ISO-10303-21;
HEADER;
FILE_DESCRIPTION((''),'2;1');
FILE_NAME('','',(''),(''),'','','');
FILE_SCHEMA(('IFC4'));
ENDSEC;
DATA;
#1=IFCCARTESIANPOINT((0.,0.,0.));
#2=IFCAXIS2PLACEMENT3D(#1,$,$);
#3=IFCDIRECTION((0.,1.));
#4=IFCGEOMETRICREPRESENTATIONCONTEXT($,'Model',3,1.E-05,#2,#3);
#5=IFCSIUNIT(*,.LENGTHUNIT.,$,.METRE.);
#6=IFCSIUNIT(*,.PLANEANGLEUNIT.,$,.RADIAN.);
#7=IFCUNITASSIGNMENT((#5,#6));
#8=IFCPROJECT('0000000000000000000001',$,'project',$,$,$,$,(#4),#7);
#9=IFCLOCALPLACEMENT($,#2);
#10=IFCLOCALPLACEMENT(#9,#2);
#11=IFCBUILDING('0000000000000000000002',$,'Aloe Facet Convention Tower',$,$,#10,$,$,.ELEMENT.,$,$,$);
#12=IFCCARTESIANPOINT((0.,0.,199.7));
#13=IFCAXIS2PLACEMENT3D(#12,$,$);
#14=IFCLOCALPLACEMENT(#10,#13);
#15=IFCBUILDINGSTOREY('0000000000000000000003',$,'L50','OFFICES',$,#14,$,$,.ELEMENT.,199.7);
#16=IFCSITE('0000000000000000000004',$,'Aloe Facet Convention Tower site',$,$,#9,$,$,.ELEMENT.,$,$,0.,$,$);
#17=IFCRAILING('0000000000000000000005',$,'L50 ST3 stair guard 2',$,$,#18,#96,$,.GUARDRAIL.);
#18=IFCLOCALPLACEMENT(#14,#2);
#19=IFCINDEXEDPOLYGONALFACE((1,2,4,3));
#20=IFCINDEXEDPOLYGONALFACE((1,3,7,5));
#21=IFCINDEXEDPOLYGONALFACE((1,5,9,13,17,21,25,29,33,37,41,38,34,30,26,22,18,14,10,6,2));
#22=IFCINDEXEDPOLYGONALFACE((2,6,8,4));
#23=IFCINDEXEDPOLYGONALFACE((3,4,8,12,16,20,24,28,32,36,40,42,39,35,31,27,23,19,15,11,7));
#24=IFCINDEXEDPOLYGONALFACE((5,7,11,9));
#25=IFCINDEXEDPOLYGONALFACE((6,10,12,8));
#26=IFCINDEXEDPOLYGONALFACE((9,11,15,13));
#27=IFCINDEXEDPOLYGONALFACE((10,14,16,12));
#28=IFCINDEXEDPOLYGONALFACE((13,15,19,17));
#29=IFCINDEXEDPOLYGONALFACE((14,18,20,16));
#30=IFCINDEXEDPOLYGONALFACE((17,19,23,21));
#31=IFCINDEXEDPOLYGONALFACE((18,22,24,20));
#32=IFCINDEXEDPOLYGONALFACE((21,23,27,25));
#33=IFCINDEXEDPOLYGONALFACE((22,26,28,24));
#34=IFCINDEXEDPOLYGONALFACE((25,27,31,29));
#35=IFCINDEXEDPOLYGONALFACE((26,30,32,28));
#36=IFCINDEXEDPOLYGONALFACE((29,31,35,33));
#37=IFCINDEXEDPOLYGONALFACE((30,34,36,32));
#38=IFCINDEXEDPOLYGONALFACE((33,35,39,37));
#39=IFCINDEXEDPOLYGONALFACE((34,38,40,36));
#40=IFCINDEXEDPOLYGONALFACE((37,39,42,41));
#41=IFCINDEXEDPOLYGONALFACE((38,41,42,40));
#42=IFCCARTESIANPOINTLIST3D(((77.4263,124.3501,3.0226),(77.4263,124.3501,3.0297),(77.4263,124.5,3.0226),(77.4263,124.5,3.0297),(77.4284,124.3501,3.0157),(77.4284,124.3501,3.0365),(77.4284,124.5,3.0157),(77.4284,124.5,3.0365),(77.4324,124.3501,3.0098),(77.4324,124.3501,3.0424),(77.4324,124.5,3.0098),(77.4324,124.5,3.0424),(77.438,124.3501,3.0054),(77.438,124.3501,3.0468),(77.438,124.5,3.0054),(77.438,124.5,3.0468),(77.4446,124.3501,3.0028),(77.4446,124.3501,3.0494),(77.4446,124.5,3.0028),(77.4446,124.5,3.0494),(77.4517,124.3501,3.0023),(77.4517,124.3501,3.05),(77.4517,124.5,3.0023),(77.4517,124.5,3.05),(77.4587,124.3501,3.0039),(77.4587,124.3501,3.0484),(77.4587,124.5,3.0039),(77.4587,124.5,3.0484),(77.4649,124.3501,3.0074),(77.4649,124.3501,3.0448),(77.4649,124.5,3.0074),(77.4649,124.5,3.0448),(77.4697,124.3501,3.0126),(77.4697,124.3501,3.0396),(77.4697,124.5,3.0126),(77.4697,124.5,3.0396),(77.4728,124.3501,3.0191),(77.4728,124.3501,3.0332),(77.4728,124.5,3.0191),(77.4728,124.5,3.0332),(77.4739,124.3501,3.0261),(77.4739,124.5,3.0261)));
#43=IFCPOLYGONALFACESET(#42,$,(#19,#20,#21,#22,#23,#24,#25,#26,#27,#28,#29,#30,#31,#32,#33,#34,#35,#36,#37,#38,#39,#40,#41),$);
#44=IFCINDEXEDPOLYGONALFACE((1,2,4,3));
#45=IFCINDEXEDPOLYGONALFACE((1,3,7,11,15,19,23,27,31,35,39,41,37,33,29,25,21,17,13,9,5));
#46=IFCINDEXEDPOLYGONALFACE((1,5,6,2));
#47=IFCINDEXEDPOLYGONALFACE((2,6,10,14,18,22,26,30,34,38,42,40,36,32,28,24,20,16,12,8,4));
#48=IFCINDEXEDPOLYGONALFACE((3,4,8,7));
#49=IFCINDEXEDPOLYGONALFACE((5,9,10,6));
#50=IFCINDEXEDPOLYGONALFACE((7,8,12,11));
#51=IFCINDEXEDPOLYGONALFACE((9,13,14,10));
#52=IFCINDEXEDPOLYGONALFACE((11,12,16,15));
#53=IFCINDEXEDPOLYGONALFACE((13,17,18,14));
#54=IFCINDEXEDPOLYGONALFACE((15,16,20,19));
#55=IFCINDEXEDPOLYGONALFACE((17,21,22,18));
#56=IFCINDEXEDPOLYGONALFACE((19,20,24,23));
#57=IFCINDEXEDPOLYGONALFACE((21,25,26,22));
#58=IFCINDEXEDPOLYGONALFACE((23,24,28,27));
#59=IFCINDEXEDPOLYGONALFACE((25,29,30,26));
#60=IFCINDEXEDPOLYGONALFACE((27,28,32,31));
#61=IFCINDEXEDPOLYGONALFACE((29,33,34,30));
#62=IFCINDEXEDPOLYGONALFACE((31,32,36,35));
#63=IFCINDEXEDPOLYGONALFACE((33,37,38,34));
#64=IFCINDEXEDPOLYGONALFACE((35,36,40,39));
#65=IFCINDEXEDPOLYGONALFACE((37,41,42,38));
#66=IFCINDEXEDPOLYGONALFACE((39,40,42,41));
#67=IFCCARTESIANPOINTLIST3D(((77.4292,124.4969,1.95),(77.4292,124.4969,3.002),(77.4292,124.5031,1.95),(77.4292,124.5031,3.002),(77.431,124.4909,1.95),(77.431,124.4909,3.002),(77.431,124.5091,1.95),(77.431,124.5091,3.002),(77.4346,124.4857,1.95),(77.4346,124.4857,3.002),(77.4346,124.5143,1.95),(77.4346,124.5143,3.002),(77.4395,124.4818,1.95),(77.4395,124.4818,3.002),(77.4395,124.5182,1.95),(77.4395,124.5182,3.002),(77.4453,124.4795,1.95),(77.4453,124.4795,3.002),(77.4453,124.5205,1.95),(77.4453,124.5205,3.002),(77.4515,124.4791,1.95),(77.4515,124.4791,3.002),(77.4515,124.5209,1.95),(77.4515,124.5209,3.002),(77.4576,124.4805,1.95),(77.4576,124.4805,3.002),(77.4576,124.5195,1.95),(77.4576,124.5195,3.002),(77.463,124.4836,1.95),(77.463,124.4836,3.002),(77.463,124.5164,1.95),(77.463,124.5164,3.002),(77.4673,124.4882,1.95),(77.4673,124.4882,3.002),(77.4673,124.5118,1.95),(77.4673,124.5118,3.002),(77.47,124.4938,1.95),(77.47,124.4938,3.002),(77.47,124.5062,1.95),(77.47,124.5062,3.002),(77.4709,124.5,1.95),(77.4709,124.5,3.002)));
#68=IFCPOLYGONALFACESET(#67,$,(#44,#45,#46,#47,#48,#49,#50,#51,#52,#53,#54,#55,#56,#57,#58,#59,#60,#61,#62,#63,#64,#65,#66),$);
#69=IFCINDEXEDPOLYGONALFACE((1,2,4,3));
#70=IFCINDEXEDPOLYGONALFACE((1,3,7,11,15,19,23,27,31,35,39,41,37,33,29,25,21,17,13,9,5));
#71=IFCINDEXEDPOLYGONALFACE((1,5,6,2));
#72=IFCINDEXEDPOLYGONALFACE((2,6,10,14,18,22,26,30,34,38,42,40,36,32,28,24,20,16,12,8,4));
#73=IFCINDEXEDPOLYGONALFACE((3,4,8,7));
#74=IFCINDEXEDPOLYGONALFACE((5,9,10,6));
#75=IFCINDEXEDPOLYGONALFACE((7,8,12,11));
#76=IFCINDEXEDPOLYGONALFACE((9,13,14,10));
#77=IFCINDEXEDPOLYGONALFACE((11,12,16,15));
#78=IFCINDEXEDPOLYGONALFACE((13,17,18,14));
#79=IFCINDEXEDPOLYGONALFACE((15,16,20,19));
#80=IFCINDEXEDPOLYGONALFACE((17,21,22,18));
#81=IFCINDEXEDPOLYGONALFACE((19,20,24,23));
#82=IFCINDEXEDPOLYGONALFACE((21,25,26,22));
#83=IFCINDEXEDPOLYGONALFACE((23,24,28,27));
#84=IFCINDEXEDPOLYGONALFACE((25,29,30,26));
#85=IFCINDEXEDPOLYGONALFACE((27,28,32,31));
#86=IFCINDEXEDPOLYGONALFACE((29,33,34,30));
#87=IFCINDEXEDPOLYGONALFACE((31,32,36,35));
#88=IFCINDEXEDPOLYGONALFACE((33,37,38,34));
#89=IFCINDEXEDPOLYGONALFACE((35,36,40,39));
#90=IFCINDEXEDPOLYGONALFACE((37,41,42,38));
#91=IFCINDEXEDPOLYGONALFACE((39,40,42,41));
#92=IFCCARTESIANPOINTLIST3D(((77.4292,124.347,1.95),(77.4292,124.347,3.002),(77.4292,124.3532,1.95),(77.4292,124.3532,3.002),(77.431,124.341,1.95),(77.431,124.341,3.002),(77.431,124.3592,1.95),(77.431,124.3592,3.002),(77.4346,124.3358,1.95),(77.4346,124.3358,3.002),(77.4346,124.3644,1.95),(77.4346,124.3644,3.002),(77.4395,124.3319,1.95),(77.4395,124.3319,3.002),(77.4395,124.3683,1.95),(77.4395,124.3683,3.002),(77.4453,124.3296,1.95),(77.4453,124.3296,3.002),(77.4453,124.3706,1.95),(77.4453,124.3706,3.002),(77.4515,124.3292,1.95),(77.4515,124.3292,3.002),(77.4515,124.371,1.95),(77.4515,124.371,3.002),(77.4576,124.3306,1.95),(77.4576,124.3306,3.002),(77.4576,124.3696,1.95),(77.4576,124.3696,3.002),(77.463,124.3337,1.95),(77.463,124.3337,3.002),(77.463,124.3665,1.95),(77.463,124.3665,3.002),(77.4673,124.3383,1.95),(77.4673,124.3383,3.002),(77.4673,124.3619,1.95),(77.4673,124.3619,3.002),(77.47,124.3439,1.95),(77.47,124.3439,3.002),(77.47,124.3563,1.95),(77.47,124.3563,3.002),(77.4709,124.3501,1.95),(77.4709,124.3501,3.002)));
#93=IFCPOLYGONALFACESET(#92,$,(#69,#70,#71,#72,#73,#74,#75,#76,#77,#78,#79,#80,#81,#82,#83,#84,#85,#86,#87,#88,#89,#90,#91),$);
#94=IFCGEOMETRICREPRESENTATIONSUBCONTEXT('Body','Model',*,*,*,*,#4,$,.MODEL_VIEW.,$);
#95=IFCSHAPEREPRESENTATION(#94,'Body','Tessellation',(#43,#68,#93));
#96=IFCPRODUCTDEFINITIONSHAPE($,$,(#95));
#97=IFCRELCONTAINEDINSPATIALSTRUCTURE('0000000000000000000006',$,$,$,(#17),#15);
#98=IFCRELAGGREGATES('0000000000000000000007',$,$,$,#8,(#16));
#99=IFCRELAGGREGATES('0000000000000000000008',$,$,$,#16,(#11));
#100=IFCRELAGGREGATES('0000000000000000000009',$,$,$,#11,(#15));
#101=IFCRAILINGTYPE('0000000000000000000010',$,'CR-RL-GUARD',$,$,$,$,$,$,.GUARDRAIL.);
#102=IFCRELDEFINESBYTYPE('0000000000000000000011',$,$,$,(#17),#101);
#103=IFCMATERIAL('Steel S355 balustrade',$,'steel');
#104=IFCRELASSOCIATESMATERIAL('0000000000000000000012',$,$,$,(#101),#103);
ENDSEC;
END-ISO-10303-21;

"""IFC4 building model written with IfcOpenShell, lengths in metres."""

from ifc_helpers import new_model, si_unit, direction, frame, origin, origin_2d, place, context, subcontext, project, spatial, circle, extrude, material, type_object, element, save


model = new_model("IFC4")

# Units and contexts
model_context = context("Model", 3, precision=1e-05, world=origin(), true_north=direction((0.0, 1.0)))
body_context = subcontext(model_context, "Body", "Model", "MODEL_VIEW")
ifc_project = project(units=[si_unit("LENGTHUNIT", "METRE"), si_unit("PLANEANGLEUNIT", "RADIAN")], contexts=[model_context])

# Site, building, storey
site_placement = place(None, origin())
site = spatial("IfcSite", under=ifc_project, at=site_placement, Name="Aloe Facet Convention Tower site", CompositionType="ELEMENT", RefElevation=0.0)
building_placement = place(site_placement, origin())
building = spatial("IfcBuilding", under=site, at=building_placement, Name="Aloe Facet Convention Tower", CompositionType="ELEMENT")
storey_placement = place(building_placement, frame((0.0, 0.0, 199.7)))
storey = spatial("IfcBuildingStorey", under=building, at=storey_placement, Name="L50", Description="OFFICES", CompositionType="ELEMENT", Elevation=199.7)

# Railing
ifc_material_1 = material(Name="Steel S355 balustrade", Category="steel")
railing_type_1 = type_object("IfcRailingType", Name="CR-RL-GUARD", PredefinedType="GUARDRAIL", material=ifc_material_1)
railing_1_placement = place(storey_placement, frame((77.45, 124.5, 1.95)))
element("IfcRailing", 1, at=railing_1_placement, inside=storey, type_object=railing_type_1, Name="L50 ST3 stair guard 2", PredefinedType="GUARDRAIL", context=body_context, shape_type="SweptSolid", body=[
    extrude(circle(Radius=0.0239, at=origin_2d()), frame((0.0, 0.0, 1.0762), z_axis=(0.0, -1.0, 0.0), x_axis=(1.0, 0.0, 0.0)), (0.0, 0.0, 1.0), 0.1499),
    extrude(circle(Radius=0.021, at=origin_2d()), origin(), (0.0, 0.0, 1.0), 1.052),
    extrude(circle(Radius=0.021, at=origin_2d()), frame((0.0, -0.1499, 0.0)), (0.0, 0.0, 1.0), 1.052),
])

save(model, "model.ifc")
